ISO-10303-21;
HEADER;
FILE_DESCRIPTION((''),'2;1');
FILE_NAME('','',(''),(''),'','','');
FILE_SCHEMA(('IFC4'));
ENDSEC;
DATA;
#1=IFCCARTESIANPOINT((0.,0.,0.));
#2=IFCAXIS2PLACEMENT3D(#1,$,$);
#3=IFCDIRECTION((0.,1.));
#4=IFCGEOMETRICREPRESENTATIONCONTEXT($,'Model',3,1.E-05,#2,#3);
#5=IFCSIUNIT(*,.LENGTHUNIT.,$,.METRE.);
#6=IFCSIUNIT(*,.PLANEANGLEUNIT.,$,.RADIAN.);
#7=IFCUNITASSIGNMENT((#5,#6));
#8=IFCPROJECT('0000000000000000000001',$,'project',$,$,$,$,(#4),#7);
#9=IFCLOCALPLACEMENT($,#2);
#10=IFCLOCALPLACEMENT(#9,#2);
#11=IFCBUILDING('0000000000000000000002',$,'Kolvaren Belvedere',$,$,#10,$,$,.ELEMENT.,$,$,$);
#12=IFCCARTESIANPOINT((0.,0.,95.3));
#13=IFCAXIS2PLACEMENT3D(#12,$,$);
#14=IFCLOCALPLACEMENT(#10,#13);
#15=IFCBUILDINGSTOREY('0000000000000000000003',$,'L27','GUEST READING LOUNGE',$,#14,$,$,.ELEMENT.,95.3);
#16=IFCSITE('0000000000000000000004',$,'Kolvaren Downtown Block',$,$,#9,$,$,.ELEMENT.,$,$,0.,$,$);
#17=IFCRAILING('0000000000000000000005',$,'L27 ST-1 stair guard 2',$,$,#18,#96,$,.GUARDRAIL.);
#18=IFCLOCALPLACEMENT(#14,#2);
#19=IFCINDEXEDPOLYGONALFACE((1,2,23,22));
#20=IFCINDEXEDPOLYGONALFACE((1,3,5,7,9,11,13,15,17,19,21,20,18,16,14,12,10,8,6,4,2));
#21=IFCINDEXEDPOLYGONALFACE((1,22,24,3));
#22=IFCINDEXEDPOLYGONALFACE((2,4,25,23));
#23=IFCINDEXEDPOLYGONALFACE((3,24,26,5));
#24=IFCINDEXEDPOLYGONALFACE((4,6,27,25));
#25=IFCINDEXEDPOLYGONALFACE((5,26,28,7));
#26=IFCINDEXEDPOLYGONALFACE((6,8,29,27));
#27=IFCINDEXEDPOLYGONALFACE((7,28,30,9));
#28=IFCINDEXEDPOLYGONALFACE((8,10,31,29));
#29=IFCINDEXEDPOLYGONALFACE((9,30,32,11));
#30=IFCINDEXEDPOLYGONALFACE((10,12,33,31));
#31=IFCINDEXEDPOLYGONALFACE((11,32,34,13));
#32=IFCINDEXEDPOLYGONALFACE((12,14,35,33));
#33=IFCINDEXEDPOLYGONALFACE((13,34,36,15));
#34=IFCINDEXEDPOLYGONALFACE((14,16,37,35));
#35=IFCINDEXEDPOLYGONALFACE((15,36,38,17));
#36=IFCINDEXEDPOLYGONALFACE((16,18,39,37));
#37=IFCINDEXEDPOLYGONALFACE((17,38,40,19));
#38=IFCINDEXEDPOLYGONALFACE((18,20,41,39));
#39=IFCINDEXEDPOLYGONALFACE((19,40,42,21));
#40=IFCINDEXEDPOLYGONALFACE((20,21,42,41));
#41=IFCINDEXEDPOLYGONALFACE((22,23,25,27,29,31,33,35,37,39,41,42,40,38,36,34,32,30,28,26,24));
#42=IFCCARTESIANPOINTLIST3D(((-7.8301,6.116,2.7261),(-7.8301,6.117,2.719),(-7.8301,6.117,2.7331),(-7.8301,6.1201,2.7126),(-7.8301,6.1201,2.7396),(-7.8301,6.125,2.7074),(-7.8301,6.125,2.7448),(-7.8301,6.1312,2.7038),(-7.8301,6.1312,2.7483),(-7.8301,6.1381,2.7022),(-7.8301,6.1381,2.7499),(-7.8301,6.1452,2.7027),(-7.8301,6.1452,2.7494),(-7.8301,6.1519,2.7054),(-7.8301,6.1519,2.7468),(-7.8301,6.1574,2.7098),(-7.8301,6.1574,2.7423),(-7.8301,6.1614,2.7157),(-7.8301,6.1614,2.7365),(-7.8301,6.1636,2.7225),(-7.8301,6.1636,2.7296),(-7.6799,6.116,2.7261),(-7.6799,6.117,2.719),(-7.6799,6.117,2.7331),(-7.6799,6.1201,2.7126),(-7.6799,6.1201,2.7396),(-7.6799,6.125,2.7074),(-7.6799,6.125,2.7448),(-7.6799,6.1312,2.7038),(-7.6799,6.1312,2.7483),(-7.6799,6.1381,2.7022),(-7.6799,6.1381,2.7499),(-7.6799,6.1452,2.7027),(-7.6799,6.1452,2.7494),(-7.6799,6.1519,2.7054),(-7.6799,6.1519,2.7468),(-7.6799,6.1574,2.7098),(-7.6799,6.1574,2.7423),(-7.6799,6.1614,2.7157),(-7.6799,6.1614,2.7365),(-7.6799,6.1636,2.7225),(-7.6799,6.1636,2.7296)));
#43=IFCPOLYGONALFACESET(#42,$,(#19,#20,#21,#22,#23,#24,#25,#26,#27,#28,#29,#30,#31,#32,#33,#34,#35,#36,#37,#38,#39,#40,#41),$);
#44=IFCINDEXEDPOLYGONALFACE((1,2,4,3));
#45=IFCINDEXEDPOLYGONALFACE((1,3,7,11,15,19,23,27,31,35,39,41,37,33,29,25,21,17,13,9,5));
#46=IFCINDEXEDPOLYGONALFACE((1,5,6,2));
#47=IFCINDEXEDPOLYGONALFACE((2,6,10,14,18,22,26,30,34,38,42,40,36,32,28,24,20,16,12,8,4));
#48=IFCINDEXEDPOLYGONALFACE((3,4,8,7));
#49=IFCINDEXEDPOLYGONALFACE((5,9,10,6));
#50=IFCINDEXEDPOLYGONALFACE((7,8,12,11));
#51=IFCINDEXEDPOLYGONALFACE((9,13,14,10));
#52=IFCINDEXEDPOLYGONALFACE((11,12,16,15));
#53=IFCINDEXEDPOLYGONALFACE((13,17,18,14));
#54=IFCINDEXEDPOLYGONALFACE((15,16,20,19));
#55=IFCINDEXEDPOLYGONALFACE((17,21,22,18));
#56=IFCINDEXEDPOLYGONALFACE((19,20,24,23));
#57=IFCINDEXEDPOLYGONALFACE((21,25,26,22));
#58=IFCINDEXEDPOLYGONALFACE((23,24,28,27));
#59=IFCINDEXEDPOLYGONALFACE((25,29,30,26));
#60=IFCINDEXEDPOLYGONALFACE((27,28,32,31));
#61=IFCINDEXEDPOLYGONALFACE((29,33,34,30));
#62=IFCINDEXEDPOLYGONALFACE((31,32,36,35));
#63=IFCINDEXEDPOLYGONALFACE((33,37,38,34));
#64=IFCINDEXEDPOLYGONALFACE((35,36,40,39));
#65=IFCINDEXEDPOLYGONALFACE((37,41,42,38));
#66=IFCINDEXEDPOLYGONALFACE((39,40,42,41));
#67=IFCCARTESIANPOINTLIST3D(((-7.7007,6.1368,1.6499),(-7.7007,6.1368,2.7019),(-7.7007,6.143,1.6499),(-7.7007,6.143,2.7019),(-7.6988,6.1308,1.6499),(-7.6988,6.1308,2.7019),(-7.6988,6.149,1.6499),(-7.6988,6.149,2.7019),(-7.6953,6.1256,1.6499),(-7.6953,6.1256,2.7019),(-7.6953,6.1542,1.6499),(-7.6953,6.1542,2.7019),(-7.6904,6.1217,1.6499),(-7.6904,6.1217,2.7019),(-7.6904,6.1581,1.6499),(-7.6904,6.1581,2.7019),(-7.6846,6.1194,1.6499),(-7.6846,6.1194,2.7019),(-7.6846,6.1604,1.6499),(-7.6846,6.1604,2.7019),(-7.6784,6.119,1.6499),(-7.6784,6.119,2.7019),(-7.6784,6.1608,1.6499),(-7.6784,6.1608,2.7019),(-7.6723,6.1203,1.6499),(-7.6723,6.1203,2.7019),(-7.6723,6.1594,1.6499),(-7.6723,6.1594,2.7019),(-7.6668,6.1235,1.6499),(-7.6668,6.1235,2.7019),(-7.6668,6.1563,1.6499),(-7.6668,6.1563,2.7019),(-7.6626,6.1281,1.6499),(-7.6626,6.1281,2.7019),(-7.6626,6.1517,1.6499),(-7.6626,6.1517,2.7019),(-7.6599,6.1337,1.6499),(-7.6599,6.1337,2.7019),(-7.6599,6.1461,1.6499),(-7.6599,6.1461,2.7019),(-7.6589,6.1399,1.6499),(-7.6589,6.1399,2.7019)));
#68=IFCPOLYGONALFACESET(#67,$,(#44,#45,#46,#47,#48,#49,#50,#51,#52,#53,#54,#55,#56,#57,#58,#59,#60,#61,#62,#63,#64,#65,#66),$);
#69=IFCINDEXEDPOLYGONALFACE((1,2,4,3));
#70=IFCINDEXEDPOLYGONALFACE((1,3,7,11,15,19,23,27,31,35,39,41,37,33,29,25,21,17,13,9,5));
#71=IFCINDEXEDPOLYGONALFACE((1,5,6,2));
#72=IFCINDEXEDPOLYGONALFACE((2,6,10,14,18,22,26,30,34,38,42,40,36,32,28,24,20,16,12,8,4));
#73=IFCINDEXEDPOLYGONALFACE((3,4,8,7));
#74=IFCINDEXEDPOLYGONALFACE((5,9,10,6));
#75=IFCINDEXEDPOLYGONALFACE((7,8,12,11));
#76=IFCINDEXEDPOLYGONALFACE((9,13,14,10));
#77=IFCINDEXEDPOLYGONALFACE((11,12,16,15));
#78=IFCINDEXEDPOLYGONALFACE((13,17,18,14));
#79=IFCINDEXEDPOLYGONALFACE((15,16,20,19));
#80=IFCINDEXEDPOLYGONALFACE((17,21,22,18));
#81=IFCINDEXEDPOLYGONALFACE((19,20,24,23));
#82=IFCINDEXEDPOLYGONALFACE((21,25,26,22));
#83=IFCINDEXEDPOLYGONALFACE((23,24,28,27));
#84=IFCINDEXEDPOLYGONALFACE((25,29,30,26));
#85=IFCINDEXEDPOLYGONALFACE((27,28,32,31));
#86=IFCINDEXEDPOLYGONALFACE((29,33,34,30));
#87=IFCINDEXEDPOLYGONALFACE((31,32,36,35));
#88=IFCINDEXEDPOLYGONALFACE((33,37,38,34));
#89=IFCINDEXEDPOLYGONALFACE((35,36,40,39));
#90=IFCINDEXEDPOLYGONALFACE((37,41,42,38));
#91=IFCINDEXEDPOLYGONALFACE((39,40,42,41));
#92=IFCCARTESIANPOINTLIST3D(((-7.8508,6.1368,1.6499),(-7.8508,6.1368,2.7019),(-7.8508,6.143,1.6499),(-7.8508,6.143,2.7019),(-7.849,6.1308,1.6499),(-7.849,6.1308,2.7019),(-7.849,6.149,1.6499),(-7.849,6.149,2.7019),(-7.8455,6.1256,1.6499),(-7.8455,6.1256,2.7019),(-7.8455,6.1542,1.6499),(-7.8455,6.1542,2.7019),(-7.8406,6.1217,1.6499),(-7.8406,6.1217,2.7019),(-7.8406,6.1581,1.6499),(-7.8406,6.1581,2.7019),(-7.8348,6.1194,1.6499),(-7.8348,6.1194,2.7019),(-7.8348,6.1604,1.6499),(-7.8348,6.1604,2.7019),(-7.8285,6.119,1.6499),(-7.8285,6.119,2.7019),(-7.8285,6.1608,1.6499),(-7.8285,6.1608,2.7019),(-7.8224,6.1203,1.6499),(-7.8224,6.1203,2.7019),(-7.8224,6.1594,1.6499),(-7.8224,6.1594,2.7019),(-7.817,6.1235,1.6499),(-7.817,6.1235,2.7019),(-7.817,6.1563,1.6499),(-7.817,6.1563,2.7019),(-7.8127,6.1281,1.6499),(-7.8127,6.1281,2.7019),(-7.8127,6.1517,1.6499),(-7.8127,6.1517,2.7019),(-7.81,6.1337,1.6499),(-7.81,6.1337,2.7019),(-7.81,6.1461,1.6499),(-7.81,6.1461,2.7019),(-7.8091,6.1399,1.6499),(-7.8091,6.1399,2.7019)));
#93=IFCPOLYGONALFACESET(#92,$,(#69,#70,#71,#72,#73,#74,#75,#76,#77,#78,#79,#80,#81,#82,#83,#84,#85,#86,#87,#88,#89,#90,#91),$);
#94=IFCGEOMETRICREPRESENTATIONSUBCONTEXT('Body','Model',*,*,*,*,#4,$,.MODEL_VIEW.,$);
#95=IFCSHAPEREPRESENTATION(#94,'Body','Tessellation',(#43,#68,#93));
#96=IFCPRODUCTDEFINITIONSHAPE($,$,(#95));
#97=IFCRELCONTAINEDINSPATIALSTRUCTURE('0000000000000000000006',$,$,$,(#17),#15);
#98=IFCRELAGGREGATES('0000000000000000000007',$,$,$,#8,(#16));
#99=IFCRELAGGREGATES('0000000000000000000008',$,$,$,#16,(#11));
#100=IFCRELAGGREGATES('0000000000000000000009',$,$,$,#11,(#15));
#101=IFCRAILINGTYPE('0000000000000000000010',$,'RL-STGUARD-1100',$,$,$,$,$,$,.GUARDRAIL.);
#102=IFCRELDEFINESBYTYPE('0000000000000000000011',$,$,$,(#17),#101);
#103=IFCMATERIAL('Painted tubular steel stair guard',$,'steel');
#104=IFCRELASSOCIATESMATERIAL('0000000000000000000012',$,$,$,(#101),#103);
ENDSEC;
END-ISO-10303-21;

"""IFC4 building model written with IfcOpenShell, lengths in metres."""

from ifc_helpers import new_model, si_unit, direction, frame, origin, origin_2d, place, context, subcontext, project, spatial, circle, extrude, material, type_object, element, save


model = new_model("IFC4")

# Units and contexts
model_context = context("Model", 3, precision=1e-05, world=origin(), true_north=direction((0.0, 1.0)))
body_context = subcontext(model_context, "Body", "Model", "MODEL_VIEW")
ifc_project = project(units=[si_unit("LENGTHUNIT", "METRE"), si_unit("PLANEANGLEUNIT", "RADIAN")], contexts=[model_context])

# Site, building, storey
site_placement = place(None, origin())
site = spatial("IfcSite", under=ifc_project, at=site_placement, Name="Kolvaren Downtown Block", CompositionType="ELEMENT", RefElevation=0.0)
building_placement = place(site_placement, origin())
building = spatial("IfcBuilding", under=site, at=building_placement, Name="Kolvaren Belvedere", CompositionType="ELEMENT")
storey_placement = place(building_placement, frame((0.0, 0.0, 95.3)))
storey = spatial("IfcBuildingStorey", under=building, at=storey_placement, Name="L27", Description="GUEST READING LOUNGE", CompositionType="ELEMENT", Elevation=95.3)

# Railing
ifc_material_1 = material(Name="Painted tubular steel stair guard", Category="steel")
railing_type_1 = type_object("IfcRailingType", Name="RL-STGUARD-1100", PredefinedType="GUARDRAIL", material=ifc_material_1)
railing_1_placement = place(storey_placement, frame((-7.6799, 6.1399, 1.6499)))
element("IfcRailing", 1, at=railing_1_placement, inside=storey, type_object=railing_type_1, Name="L27 ST-1 stair guard 2", PredefinedType="GUARDRAIL", context=body_context, shape_type="SweptSolid", body=[
    extrude(circle(Radius=0.0239, at=origin_2d()), frame((0.0, 0.0, 1.0762), z_axis=(-1.0, 0.0, 0.0), x_axis=(0.0, -1.0, 0.0)), (0.0, 0.0, 1.0), 0.1501),
    extrude(circle(Radius=0.021, at=origin_2d()), origin(), (0.0, 0.0, 1.0), 1.052),
    extrude(circle(Radius=0.021, at=origin_2d()), frame((-0.1501, 0.0, 0.0)), (0.0, 0.0, 1.0), 1.052),
])

save(model, "model.ifc")
